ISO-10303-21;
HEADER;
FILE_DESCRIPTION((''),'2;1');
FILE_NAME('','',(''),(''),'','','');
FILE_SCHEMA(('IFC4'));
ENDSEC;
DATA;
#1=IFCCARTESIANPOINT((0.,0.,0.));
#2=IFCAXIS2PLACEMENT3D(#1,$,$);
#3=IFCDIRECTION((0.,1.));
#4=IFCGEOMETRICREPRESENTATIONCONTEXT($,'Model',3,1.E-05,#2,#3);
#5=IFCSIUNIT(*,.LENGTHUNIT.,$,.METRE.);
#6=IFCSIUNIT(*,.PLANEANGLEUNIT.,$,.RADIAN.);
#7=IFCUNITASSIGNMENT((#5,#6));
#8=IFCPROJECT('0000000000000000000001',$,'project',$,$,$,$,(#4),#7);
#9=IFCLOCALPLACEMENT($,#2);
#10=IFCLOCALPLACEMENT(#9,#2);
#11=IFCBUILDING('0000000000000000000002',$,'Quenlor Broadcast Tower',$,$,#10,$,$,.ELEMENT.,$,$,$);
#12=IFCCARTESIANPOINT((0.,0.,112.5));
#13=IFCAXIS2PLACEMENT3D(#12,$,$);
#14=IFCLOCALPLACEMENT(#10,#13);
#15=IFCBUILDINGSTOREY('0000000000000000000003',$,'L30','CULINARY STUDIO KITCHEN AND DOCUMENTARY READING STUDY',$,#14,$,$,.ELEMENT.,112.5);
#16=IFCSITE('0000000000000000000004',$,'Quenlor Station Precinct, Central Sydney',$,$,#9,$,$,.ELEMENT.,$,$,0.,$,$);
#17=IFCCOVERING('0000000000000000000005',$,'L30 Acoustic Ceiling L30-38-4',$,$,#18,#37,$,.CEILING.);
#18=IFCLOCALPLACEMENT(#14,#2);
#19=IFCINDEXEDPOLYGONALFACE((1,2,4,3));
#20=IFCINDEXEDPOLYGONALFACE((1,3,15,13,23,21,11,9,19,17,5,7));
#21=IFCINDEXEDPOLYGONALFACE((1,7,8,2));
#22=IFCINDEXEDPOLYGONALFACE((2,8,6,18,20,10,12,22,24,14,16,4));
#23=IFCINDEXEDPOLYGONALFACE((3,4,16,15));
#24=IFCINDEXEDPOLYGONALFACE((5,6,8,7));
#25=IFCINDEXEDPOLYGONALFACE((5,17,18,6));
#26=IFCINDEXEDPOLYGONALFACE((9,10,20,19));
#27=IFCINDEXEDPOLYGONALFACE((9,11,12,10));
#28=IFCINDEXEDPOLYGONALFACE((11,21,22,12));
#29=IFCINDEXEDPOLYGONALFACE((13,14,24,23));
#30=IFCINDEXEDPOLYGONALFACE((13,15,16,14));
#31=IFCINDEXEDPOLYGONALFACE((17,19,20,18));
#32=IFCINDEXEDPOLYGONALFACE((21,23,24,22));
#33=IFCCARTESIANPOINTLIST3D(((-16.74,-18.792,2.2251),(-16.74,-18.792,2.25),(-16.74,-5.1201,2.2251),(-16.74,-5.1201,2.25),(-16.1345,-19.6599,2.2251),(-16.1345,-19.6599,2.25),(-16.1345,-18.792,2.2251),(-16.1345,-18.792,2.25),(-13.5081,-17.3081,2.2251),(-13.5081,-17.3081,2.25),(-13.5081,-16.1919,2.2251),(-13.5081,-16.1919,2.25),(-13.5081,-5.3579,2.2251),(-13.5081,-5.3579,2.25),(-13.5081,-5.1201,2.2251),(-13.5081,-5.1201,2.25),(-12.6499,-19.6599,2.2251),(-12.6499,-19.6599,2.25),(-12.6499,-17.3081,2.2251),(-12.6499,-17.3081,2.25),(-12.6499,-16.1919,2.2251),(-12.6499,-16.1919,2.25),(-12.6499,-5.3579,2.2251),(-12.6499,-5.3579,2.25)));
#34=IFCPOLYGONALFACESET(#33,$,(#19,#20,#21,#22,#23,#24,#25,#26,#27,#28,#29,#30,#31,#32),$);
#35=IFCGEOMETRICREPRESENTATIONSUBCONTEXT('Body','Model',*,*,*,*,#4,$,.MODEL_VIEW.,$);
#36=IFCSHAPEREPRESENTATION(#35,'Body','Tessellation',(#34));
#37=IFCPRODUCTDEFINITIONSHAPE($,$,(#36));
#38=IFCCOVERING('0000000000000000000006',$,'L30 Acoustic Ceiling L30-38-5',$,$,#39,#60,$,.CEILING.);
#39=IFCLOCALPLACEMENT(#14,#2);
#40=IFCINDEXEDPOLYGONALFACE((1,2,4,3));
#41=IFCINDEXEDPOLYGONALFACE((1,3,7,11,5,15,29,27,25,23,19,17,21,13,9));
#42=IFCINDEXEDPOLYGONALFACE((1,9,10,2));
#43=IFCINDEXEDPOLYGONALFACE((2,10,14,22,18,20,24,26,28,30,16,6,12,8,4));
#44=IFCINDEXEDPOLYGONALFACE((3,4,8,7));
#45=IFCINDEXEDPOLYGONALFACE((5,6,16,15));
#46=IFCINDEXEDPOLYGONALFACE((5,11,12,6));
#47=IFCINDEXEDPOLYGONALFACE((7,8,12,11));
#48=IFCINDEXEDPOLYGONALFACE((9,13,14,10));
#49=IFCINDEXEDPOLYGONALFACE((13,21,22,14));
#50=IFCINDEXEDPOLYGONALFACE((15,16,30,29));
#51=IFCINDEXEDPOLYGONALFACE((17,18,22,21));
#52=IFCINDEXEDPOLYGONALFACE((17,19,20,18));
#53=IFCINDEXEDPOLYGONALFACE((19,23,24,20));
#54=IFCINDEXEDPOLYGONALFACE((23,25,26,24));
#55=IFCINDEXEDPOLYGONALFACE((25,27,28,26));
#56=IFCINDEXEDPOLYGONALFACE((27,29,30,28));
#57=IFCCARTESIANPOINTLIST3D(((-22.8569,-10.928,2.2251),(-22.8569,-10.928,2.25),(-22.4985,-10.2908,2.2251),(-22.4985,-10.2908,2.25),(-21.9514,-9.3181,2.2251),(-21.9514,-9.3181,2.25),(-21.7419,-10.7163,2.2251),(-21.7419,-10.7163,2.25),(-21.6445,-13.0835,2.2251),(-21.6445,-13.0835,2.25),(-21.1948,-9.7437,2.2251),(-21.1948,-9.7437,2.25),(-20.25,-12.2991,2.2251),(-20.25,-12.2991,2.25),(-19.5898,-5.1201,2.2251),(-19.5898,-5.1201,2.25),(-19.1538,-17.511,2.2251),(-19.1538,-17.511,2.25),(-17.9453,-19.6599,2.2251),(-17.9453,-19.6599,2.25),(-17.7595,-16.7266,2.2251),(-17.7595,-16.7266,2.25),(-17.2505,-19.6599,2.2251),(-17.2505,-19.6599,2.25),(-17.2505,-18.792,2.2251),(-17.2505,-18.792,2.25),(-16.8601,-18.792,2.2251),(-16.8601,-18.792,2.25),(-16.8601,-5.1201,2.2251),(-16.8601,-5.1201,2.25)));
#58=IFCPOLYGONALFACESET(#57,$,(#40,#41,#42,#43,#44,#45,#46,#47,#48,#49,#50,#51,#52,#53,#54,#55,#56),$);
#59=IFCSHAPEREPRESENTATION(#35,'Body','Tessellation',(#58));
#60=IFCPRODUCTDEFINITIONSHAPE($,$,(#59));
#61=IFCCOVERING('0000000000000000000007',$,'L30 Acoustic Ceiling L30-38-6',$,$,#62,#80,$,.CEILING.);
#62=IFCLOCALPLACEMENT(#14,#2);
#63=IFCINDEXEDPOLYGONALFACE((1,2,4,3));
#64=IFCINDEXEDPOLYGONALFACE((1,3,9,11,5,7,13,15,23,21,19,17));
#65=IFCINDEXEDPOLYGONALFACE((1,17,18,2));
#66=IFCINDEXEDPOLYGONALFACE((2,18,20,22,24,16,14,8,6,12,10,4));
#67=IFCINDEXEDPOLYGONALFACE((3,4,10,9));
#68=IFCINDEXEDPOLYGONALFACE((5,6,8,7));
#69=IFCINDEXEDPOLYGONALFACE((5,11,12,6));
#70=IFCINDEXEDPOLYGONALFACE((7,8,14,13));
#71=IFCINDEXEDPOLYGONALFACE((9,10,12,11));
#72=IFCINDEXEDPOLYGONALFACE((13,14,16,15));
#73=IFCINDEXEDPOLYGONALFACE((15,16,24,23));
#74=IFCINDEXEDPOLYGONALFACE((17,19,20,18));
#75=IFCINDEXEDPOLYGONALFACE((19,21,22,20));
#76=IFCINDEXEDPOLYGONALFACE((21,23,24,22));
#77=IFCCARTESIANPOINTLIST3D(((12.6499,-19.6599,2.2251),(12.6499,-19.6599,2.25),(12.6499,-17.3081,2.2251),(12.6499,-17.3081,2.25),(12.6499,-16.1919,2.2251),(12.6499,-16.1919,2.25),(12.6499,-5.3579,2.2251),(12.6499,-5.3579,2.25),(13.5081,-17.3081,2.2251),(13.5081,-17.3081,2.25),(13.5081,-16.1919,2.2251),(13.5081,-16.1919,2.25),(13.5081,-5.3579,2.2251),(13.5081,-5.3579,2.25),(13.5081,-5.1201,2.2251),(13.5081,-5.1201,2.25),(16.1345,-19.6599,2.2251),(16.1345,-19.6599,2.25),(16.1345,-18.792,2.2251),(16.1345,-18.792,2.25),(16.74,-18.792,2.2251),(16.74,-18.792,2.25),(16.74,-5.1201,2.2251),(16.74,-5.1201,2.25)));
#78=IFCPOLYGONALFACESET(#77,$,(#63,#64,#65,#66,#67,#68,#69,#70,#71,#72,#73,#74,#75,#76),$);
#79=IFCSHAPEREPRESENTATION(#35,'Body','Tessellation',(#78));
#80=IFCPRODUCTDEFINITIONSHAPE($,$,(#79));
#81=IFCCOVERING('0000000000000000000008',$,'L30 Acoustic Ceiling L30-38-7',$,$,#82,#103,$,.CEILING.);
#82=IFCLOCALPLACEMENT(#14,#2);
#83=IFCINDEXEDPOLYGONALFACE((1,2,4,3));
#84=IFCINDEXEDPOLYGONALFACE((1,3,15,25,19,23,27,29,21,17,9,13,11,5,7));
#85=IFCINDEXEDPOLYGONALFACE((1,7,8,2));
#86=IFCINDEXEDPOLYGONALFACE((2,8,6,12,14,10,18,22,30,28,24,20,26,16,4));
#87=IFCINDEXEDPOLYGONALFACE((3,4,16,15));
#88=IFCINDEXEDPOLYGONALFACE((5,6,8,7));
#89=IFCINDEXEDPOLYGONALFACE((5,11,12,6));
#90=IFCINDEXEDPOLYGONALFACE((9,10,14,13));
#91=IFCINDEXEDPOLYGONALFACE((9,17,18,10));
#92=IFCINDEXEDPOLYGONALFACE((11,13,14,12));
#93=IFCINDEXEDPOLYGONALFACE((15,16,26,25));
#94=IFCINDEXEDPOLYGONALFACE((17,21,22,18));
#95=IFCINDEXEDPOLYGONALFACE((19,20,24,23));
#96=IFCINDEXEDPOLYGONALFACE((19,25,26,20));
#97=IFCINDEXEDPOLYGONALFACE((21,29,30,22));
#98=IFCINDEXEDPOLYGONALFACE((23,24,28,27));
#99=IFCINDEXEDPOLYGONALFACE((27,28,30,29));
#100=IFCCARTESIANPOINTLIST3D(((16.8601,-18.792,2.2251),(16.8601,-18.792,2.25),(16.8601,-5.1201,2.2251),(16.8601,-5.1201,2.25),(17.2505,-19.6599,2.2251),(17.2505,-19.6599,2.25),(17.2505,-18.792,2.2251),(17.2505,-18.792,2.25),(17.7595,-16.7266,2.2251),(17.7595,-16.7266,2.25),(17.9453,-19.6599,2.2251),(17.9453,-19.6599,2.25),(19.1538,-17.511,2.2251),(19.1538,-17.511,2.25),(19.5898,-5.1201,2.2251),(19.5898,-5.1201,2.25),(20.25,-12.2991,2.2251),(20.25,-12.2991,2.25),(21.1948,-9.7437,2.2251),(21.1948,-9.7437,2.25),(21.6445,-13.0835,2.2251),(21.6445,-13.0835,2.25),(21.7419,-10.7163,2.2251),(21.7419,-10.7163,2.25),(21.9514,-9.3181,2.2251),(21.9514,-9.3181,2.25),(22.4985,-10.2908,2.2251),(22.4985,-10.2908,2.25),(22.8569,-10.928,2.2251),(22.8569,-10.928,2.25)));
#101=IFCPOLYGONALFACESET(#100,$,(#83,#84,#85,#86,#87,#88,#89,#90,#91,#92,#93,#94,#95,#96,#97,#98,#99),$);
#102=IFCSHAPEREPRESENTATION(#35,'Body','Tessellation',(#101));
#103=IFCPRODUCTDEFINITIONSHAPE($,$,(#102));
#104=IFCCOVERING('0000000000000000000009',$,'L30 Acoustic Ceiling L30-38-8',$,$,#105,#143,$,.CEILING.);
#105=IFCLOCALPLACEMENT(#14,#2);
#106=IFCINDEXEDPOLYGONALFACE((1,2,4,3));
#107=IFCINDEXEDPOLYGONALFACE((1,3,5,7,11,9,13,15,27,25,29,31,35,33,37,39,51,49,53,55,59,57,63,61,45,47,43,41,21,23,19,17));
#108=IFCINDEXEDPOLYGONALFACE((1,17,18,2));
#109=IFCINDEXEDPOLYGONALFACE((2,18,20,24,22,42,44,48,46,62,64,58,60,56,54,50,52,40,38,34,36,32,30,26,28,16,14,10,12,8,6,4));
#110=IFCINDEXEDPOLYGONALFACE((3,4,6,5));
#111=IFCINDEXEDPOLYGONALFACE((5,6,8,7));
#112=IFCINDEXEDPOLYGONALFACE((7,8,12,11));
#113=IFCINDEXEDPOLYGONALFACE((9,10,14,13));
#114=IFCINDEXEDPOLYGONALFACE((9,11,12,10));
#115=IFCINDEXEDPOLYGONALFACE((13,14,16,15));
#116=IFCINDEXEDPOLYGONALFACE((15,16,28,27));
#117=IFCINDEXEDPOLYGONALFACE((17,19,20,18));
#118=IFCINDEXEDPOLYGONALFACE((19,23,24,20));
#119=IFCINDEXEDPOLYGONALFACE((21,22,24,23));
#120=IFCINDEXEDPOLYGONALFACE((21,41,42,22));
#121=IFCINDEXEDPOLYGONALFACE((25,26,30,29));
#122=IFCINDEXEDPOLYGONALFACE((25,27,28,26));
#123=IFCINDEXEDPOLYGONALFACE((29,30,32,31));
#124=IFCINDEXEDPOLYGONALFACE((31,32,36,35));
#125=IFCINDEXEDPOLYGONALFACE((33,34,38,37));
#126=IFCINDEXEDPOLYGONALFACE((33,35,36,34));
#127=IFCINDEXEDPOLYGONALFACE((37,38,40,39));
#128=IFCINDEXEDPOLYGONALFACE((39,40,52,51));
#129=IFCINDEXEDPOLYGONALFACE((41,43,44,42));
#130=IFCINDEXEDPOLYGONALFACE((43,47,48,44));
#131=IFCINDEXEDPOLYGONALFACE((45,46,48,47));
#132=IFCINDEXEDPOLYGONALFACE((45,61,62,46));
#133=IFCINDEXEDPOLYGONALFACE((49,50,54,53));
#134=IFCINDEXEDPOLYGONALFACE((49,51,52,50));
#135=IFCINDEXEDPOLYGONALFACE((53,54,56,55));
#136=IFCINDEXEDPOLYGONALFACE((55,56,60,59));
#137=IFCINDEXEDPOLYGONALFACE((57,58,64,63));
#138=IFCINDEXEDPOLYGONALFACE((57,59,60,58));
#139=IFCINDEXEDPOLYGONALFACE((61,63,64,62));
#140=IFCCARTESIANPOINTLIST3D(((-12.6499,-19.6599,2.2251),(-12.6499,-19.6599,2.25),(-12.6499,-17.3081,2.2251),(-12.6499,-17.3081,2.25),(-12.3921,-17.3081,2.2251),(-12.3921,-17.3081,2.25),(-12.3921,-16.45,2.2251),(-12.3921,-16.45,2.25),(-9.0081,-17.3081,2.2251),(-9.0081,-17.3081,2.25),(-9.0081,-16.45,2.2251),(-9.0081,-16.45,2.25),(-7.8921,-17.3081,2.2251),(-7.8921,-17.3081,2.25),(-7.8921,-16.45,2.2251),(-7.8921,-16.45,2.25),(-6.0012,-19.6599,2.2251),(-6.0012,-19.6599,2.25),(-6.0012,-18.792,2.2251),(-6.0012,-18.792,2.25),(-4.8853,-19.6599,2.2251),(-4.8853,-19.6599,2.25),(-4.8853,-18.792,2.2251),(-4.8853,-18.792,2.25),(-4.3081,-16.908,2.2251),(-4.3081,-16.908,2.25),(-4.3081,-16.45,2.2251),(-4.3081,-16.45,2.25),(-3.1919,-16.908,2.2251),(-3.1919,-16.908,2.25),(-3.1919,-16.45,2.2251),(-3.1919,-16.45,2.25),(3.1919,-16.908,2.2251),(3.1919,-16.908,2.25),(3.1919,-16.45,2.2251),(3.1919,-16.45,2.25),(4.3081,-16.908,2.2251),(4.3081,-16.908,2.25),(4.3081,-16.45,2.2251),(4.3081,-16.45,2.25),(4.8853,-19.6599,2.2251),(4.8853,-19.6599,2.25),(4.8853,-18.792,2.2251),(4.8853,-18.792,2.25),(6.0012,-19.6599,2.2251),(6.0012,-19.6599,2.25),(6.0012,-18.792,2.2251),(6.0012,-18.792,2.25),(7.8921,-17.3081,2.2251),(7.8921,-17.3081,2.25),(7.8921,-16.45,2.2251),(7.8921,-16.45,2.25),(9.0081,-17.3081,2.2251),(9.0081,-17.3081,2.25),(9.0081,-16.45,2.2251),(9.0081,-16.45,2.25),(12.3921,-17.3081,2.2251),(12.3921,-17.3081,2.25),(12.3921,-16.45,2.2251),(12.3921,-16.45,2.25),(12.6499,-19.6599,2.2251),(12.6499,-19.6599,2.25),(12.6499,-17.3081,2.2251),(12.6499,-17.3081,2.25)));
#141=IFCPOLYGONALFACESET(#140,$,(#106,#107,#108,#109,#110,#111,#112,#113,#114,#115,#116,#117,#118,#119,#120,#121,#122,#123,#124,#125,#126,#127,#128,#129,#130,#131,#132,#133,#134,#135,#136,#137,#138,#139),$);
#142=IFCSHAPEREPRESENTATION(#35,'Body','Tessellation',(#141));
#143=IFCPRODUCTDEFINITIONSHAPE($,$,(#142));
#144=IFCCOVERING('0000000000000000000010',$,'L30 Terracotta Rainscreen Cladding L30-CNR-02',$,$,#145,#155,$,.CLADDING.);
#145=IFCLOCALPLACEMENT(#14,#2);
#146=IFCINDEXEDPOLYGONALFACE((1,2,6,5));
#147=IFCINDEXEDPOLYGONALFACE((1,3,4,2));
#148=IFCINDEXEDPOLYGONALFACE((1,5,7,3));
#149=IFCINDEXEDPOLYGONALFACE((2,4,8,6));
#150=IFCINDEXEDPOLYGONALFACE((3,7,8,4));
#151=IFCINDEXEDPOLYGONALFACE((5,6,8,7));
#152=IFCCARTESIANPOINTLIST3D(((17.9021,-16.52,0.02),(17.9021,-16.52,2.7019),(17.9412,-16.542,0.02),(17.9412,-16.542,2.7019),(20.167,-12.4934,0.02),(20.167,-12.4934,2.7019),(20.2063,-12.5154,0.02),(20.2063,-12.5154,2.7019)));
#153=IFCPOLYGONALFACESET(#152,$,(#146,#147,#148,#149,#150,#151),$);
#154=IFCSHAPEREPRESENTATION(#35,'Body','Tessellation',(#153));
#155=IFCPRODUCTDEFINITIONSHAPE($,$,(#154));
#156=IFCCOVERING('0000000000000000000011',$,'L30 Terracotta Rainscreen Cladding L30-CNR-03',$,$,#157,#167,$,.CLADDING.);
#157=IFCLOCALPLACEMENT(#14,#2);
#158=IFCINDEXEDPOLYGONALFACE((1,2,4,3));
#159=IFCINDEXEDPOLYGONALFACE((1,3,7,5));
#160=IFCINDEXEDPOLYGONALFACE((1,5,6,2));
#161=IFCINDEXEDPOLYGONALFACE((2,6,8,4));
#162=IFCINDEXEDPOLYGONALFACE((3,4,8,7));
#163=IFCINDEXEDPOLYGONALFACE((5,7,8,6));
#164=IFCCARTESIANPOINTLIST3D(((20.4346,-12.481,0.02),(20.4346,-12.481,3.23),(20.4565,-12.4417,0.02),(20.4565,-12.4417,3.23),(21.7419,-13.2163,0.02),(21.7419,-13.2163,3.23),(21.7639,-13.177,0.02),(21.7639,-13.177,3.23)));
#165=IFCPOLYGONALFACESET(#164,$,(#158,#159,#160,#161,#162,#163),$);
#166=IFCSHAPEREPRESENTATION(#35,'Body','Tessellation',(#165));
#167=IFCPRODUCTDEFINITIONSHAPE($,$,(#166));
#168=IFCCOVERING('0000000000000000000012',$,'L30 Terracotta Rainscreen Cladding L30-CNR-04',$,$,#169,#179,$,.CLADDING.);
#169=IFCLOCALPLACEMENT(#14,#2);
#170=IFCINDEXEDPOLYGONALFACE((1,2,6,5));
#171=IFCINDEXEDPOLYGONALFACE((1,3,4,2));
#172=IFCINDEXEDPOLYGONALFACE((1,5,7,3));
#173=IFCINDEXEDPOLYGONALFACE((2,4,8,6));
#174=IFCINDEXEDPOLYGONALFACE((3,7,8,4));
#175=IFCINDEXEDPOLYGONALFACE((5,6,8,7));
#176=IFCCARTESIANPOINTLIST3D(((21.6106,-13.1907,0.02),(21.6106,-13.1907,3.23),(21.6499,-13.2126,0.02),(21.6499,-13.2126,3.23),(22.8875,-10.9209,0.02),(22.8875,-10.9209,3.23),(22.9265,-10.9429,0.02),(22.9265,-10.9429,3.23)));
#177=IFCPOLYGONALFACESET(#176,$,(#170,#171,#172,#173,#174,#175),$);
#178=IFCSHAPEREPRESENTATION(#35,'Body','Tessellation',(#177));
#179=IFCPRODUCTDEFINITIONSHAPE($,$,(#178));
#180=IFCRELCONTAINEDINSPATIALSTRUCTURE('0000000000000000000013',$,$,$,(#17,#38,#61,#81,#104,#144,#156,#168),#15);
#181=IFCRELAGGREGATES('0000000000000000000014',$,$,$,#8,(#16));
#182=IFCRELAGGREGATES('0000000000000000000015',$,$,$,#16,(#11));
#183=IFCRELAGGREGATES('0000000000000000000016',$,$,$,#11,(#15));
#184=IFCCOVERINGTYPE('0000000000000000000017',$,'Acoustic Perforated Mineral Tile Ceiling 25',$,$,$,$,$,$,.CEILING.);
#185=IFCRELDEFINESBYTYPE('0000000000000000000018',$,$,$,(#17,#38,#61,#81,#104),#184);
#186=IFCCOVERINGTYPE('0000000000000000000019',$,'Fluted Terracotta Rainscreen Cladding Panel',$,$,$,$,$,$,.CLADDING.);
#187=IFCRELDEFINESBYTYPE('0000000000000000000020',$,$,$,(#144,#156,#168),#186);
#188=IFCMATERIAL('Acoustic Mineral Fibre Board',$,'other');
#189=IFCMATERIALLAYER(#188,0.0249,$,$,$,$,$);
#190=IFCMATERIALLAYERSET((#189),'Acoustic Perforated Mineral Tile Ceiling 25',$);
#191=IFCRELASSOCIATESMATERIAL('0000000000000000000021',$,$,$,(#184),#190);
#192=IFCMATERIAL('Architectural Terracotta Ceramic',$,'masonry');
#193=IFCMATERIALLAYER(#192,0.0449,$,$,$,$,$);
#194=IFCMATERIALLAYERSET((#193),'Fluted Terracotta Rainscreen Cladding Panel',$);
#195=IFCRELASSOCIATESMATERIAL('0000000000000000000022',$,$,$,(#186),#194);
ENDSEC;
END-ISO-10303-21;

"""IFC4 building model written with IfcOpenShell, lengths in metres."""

from ifc_helpers import new_model, si_unit, direction, frame, origin, place, context, subcontext, project, spatial, polyline, outline, extrude, material, layer, layer_set, type_object, element, save


model = new_model("IFC4")

# Units and contexts
model_context = context("Model", 3, precision=1e-05, world=origin(), true_north=direction((0.0, 1.0)))
body_context = subcontext(model_context, "Body", "Model", "MODEL_VIEW")
ifc_project = project(units=[si_unit("LENGTHUNIT", "METRE"), si_unit("PLANEANGLEUNIT", "RADIAN")], contexts=[model_context])

# Site, building, storey
site_placement = place(None, origin())
site = spatial("IfcSite", under=ifc_project, at=site_placement, Name="Quenlor Station Precinct, Central Sydney", CompositionType="ELEMENT", RefElevation=0.0)
building_placement = place(site_placement, origin())
building = spatial("IfcBuilding", under=site, at=building_placement, Name="Quenlor Broadcast Tower", CompositionType="ELEMENT")
storey_placement = place(building_placement, frame((0.0, 0.0, 112.5)))
storey = spatial("IfcBuildingStorey", under=building, at=storey_placement, Name="L30", Description="CULINARY STUDIO KITCHEN AND DOCUMENTARY READING STUDY", CompositionType="ELEMENT", Elevation=112.5)

# Coverings
ifc_material_1 = material(Name="Acoustic Mineral Fibre Board", Category="other")
ifc_layer_1 = layer(ifc_material_1, 0.0249)
ifc_layer_set_1 = layer_set([ifc_layer_1], Name="Acoustic Perforated Mineral Tile Ceiling 25")
covering_type_1 = type_object("IfcCoveringType", Name="Acoustic Perforated Mineral Tile Ceiling 25", PredefinedType="CEILING", material=ifc_layer_set_1)
covering_1_placement = place(storey_placement, frame((0.0, 0.0, 2.2251)))
element("IfcCovering", 1, at=covering_1_placement, inside=storey, type_object=covering_type_1, Name="L30 Acoustic Ceiling L30-38-4", PredefinedType="CEILING", context=body_context, shape_type="SweptSolid", body=[
    extrude(outline(polyline([(-13.5081, -5.3579), (-12.6499, -5.3579), (-12.6499, -16.1919), (-13.5081, -16.1919), (-13.5081, -17.3081), (-12.6499, -17.3081), (-12.6499, -19.6599), (-16.1345, -19.6599), (-16.1345, -18.792), (-16.74, -18.792), (-16.74, -5.1201), (-13.5081, -5.1201), (-13.5081, -5.3579)])), origin(), (0.0, 0.0, 1.0), 0.0249),
])
covering_2_placement = place(storey_placement, frame((0.0, 0.0, 2.2251)))
element("IfcCovering", 2, at=covering_2_placement, inside=storey, type_object=covering_type_1, Name="L30 Acoustic Ceiling L30-38-5", PredefinedType="CEILING", context=body_context, shape_type="SweptSolid", body=[
    extrude(outline(polyline([(-16.8601, -18.792), (-17.2505, -18.792), (-17.2505, -19.6599), (-17.9453, -19.6599), (-19.1538, -17.511), (-17.7595, -16.7266), (-20.25, -12.2991), (-21.6445, -13.0835), (-22.8569, -10.928), (-22.4985, -10.2908), (-21.7419, -10.7163), (-21.1948, -9.7437), (-21.9514, -9.3181), (-19.5898, -5.1201), (-16.8601, -5.1201), (-16.8601, -18.792)])), origin(), (0.0, 0.0, 1.0), 0.0249),
])
covering_3_placement = place(storey_placement, frame((0.0, 0.0, 2.2251)))
element("IfcCovering", 3, at=covering_3_placement, inside=storey, type_object=covering_type_1, Name="L30 Acoustic Ceiling L30-38-6", PredefinedType="CEILING", context=body_context, shape_type="SweptSolid", body=[
    extrude(outline(polyline([(13.5081, -17.3081), (13.5081, -16.1919), (12.6499, -16.1919), (12.6499, -5.3579), (13.5081, -5.3579), (13.5081, -5.1201), (16.74, -5.1201), (16.74, -18.792), (16.1345, -18.792), (16.1345, -19.6599), (12.6499, -19.6599), (12.6499, -17.3081), (13.5081, -17.3081)])), origin(), (0.0, 0.0, 1.0), 0.0249),
])
covering_4_placement = place(storey_placement, frame((0.0, 0.0, 2.2251)))
element("IfcCovering", 4, at=covering_4_placement, inside=storey, type_object=covering_type_1, Name="L30 Acoustic Ceiling L30-38-7", PredefinedType="CEILING", context=body_context, shape_type="SweptSolid", body=[
    extrude(outline(polyline([(21.9514, -9.3181), (21.1948, -9.7437), (21.7419, -10.7163), (22.4985, -10.2908), (22.8569, -10.928), (21.6445, -13.0835), (20.25, -12.2991), (17.7595, -16.7266), (19.1538, -17.511), (17.9453, -19.6599), (17.2505, -19.6599), (17.2505, -18.792), (16.8601, -18.792), (16.8601, -5.1201), (19.5898, -5.1201), (21.9514, -9.3181)])), origin(), (0.0, 0.0, 1.0), 0.0249),
])
covering_5_placement = place(storey_placement, frame((0.0, 0.0, 2.2251)))
element("IfcCovering", 5, at=covering_5_placement, inside=storey, type_object=covering_type_1, Name="L30 Acoustic Ceiling L30-38-8", PredefinedType="CEILING", context=body_context, shape_type="SweptSolid", body=[
    extrude(outline(polyline([(-12.3921, -17.3081), (-12.3921, -16.45), (-9.0081, -16.45), (-9.0081, -17.3081), (-7.8921, -17.3081), (-7.8921, -16.45), (-4.3081, -16.45), (-4.3081, -16.908), (-3.1919, -16.908), (-3.1919, -16.45), (3.1919, -16.45), (3.1919, -16.908), (4.3081, -16.908), (4.3081, -16.45), (7.8921, -16.45), (7.8921, -17.3081), (9.0081, -17.3081), (9.0081, -16.45), (12.3921, -16.45), (12.3921, -17.3081), (12.6499, -17.3081), (12.6499, -19.6599), (6.0012, -19.6599), (6.0012, -18.792), (4.8853, -18.792), (4.8853, -19.6599), (-4.8853, -19.6599), (-4.8853, -18.792), (-6.0012, -18.792), (-6.0012, -19.6599), (-12.6499, -19.6599), (-12.6499, -17.3081), (-12.3921, -17.3081)])), origin(), (0.0, 0.0, 1.0), 0.0249),
])
ifc_material_2 = material(Name="Architectural Terracotta Ceramic", Category="masonry")
ifc_layer_2 = layer(ifc_material_2, 0.0449)
ifc_layer_set_2 = layer_set([ifc_layer_2], Name="Fluted Terracotta Rainscreen Cladding Panel")
covering_type_2 = type_object("IfcCoveringType", Name="Fluted Terracotta Rainscreen Cladding Panel", PredefinedType="CLADDING", material=ifc_layer_set_2)
covering_6_placement = place(storey_placement, frame((0.0, 0.0, 0.02)))
element("IfcCovering", 6, at=covering_6_placement, inside=storey, type_object=covering_type_2, Name="L30 Terracotta Rainscreen Cladding L30-CNR-02", PredefinedType="CLADDING", context=body_context, shape_type="SweptSolid", body=[
    extrude(outline(polyline([(17.9412, -16.542), (20.2063, -12.5154), (20.167, -12.4934), (17.9021, -16.52), (17.9412, -16.542)])), origin(), (0.0, 0.0, 1.0), 2.6819),
])
covering_7_placement = place(storey_placement, frame((0.0, 0.0, 0.02)))
element("IfcCovering", 7, at=covering_7_placement, inside=storey, type_object=covering_type_2, Name="L30 Terracotta Rainscreen Cladding L30-CNR-03", PredefinedType="CLADDING", context=body_context, shape_type="SweptSolid", body=[
    extrude(outline(polyline([(20.4346, -12.481), (21.7419, -13.2163), (21.7639, -13.177), (20.4565, -12.4417), (20.4346, -12.481)])), origin(), (0.0, 0.0, 1.0), 3.21),
])
covering_8_placement = place(storey_placement, frame((0.0, 0.0, 0.02)))
element("IfcCovering", 8, at=covering_8_placement, inside=storey, type_object=covering_type_2, Name="L30 Terracotta Rainscreen Cladding L30-CNR-04", PredefinedType="CLADDING", context=body_context, shape_type="SweptSolid", body=[
    extrude(outline(polyline([(21.6499, -13.2126), (22.9265, -10.9429), (22.8875, -10.9209), (21.6106, -13.1907), (21.6499, -13.2126)])), origin(), (0.0, 0.0, 1.0), 3.21),
])

save(model, "model.ifc")
